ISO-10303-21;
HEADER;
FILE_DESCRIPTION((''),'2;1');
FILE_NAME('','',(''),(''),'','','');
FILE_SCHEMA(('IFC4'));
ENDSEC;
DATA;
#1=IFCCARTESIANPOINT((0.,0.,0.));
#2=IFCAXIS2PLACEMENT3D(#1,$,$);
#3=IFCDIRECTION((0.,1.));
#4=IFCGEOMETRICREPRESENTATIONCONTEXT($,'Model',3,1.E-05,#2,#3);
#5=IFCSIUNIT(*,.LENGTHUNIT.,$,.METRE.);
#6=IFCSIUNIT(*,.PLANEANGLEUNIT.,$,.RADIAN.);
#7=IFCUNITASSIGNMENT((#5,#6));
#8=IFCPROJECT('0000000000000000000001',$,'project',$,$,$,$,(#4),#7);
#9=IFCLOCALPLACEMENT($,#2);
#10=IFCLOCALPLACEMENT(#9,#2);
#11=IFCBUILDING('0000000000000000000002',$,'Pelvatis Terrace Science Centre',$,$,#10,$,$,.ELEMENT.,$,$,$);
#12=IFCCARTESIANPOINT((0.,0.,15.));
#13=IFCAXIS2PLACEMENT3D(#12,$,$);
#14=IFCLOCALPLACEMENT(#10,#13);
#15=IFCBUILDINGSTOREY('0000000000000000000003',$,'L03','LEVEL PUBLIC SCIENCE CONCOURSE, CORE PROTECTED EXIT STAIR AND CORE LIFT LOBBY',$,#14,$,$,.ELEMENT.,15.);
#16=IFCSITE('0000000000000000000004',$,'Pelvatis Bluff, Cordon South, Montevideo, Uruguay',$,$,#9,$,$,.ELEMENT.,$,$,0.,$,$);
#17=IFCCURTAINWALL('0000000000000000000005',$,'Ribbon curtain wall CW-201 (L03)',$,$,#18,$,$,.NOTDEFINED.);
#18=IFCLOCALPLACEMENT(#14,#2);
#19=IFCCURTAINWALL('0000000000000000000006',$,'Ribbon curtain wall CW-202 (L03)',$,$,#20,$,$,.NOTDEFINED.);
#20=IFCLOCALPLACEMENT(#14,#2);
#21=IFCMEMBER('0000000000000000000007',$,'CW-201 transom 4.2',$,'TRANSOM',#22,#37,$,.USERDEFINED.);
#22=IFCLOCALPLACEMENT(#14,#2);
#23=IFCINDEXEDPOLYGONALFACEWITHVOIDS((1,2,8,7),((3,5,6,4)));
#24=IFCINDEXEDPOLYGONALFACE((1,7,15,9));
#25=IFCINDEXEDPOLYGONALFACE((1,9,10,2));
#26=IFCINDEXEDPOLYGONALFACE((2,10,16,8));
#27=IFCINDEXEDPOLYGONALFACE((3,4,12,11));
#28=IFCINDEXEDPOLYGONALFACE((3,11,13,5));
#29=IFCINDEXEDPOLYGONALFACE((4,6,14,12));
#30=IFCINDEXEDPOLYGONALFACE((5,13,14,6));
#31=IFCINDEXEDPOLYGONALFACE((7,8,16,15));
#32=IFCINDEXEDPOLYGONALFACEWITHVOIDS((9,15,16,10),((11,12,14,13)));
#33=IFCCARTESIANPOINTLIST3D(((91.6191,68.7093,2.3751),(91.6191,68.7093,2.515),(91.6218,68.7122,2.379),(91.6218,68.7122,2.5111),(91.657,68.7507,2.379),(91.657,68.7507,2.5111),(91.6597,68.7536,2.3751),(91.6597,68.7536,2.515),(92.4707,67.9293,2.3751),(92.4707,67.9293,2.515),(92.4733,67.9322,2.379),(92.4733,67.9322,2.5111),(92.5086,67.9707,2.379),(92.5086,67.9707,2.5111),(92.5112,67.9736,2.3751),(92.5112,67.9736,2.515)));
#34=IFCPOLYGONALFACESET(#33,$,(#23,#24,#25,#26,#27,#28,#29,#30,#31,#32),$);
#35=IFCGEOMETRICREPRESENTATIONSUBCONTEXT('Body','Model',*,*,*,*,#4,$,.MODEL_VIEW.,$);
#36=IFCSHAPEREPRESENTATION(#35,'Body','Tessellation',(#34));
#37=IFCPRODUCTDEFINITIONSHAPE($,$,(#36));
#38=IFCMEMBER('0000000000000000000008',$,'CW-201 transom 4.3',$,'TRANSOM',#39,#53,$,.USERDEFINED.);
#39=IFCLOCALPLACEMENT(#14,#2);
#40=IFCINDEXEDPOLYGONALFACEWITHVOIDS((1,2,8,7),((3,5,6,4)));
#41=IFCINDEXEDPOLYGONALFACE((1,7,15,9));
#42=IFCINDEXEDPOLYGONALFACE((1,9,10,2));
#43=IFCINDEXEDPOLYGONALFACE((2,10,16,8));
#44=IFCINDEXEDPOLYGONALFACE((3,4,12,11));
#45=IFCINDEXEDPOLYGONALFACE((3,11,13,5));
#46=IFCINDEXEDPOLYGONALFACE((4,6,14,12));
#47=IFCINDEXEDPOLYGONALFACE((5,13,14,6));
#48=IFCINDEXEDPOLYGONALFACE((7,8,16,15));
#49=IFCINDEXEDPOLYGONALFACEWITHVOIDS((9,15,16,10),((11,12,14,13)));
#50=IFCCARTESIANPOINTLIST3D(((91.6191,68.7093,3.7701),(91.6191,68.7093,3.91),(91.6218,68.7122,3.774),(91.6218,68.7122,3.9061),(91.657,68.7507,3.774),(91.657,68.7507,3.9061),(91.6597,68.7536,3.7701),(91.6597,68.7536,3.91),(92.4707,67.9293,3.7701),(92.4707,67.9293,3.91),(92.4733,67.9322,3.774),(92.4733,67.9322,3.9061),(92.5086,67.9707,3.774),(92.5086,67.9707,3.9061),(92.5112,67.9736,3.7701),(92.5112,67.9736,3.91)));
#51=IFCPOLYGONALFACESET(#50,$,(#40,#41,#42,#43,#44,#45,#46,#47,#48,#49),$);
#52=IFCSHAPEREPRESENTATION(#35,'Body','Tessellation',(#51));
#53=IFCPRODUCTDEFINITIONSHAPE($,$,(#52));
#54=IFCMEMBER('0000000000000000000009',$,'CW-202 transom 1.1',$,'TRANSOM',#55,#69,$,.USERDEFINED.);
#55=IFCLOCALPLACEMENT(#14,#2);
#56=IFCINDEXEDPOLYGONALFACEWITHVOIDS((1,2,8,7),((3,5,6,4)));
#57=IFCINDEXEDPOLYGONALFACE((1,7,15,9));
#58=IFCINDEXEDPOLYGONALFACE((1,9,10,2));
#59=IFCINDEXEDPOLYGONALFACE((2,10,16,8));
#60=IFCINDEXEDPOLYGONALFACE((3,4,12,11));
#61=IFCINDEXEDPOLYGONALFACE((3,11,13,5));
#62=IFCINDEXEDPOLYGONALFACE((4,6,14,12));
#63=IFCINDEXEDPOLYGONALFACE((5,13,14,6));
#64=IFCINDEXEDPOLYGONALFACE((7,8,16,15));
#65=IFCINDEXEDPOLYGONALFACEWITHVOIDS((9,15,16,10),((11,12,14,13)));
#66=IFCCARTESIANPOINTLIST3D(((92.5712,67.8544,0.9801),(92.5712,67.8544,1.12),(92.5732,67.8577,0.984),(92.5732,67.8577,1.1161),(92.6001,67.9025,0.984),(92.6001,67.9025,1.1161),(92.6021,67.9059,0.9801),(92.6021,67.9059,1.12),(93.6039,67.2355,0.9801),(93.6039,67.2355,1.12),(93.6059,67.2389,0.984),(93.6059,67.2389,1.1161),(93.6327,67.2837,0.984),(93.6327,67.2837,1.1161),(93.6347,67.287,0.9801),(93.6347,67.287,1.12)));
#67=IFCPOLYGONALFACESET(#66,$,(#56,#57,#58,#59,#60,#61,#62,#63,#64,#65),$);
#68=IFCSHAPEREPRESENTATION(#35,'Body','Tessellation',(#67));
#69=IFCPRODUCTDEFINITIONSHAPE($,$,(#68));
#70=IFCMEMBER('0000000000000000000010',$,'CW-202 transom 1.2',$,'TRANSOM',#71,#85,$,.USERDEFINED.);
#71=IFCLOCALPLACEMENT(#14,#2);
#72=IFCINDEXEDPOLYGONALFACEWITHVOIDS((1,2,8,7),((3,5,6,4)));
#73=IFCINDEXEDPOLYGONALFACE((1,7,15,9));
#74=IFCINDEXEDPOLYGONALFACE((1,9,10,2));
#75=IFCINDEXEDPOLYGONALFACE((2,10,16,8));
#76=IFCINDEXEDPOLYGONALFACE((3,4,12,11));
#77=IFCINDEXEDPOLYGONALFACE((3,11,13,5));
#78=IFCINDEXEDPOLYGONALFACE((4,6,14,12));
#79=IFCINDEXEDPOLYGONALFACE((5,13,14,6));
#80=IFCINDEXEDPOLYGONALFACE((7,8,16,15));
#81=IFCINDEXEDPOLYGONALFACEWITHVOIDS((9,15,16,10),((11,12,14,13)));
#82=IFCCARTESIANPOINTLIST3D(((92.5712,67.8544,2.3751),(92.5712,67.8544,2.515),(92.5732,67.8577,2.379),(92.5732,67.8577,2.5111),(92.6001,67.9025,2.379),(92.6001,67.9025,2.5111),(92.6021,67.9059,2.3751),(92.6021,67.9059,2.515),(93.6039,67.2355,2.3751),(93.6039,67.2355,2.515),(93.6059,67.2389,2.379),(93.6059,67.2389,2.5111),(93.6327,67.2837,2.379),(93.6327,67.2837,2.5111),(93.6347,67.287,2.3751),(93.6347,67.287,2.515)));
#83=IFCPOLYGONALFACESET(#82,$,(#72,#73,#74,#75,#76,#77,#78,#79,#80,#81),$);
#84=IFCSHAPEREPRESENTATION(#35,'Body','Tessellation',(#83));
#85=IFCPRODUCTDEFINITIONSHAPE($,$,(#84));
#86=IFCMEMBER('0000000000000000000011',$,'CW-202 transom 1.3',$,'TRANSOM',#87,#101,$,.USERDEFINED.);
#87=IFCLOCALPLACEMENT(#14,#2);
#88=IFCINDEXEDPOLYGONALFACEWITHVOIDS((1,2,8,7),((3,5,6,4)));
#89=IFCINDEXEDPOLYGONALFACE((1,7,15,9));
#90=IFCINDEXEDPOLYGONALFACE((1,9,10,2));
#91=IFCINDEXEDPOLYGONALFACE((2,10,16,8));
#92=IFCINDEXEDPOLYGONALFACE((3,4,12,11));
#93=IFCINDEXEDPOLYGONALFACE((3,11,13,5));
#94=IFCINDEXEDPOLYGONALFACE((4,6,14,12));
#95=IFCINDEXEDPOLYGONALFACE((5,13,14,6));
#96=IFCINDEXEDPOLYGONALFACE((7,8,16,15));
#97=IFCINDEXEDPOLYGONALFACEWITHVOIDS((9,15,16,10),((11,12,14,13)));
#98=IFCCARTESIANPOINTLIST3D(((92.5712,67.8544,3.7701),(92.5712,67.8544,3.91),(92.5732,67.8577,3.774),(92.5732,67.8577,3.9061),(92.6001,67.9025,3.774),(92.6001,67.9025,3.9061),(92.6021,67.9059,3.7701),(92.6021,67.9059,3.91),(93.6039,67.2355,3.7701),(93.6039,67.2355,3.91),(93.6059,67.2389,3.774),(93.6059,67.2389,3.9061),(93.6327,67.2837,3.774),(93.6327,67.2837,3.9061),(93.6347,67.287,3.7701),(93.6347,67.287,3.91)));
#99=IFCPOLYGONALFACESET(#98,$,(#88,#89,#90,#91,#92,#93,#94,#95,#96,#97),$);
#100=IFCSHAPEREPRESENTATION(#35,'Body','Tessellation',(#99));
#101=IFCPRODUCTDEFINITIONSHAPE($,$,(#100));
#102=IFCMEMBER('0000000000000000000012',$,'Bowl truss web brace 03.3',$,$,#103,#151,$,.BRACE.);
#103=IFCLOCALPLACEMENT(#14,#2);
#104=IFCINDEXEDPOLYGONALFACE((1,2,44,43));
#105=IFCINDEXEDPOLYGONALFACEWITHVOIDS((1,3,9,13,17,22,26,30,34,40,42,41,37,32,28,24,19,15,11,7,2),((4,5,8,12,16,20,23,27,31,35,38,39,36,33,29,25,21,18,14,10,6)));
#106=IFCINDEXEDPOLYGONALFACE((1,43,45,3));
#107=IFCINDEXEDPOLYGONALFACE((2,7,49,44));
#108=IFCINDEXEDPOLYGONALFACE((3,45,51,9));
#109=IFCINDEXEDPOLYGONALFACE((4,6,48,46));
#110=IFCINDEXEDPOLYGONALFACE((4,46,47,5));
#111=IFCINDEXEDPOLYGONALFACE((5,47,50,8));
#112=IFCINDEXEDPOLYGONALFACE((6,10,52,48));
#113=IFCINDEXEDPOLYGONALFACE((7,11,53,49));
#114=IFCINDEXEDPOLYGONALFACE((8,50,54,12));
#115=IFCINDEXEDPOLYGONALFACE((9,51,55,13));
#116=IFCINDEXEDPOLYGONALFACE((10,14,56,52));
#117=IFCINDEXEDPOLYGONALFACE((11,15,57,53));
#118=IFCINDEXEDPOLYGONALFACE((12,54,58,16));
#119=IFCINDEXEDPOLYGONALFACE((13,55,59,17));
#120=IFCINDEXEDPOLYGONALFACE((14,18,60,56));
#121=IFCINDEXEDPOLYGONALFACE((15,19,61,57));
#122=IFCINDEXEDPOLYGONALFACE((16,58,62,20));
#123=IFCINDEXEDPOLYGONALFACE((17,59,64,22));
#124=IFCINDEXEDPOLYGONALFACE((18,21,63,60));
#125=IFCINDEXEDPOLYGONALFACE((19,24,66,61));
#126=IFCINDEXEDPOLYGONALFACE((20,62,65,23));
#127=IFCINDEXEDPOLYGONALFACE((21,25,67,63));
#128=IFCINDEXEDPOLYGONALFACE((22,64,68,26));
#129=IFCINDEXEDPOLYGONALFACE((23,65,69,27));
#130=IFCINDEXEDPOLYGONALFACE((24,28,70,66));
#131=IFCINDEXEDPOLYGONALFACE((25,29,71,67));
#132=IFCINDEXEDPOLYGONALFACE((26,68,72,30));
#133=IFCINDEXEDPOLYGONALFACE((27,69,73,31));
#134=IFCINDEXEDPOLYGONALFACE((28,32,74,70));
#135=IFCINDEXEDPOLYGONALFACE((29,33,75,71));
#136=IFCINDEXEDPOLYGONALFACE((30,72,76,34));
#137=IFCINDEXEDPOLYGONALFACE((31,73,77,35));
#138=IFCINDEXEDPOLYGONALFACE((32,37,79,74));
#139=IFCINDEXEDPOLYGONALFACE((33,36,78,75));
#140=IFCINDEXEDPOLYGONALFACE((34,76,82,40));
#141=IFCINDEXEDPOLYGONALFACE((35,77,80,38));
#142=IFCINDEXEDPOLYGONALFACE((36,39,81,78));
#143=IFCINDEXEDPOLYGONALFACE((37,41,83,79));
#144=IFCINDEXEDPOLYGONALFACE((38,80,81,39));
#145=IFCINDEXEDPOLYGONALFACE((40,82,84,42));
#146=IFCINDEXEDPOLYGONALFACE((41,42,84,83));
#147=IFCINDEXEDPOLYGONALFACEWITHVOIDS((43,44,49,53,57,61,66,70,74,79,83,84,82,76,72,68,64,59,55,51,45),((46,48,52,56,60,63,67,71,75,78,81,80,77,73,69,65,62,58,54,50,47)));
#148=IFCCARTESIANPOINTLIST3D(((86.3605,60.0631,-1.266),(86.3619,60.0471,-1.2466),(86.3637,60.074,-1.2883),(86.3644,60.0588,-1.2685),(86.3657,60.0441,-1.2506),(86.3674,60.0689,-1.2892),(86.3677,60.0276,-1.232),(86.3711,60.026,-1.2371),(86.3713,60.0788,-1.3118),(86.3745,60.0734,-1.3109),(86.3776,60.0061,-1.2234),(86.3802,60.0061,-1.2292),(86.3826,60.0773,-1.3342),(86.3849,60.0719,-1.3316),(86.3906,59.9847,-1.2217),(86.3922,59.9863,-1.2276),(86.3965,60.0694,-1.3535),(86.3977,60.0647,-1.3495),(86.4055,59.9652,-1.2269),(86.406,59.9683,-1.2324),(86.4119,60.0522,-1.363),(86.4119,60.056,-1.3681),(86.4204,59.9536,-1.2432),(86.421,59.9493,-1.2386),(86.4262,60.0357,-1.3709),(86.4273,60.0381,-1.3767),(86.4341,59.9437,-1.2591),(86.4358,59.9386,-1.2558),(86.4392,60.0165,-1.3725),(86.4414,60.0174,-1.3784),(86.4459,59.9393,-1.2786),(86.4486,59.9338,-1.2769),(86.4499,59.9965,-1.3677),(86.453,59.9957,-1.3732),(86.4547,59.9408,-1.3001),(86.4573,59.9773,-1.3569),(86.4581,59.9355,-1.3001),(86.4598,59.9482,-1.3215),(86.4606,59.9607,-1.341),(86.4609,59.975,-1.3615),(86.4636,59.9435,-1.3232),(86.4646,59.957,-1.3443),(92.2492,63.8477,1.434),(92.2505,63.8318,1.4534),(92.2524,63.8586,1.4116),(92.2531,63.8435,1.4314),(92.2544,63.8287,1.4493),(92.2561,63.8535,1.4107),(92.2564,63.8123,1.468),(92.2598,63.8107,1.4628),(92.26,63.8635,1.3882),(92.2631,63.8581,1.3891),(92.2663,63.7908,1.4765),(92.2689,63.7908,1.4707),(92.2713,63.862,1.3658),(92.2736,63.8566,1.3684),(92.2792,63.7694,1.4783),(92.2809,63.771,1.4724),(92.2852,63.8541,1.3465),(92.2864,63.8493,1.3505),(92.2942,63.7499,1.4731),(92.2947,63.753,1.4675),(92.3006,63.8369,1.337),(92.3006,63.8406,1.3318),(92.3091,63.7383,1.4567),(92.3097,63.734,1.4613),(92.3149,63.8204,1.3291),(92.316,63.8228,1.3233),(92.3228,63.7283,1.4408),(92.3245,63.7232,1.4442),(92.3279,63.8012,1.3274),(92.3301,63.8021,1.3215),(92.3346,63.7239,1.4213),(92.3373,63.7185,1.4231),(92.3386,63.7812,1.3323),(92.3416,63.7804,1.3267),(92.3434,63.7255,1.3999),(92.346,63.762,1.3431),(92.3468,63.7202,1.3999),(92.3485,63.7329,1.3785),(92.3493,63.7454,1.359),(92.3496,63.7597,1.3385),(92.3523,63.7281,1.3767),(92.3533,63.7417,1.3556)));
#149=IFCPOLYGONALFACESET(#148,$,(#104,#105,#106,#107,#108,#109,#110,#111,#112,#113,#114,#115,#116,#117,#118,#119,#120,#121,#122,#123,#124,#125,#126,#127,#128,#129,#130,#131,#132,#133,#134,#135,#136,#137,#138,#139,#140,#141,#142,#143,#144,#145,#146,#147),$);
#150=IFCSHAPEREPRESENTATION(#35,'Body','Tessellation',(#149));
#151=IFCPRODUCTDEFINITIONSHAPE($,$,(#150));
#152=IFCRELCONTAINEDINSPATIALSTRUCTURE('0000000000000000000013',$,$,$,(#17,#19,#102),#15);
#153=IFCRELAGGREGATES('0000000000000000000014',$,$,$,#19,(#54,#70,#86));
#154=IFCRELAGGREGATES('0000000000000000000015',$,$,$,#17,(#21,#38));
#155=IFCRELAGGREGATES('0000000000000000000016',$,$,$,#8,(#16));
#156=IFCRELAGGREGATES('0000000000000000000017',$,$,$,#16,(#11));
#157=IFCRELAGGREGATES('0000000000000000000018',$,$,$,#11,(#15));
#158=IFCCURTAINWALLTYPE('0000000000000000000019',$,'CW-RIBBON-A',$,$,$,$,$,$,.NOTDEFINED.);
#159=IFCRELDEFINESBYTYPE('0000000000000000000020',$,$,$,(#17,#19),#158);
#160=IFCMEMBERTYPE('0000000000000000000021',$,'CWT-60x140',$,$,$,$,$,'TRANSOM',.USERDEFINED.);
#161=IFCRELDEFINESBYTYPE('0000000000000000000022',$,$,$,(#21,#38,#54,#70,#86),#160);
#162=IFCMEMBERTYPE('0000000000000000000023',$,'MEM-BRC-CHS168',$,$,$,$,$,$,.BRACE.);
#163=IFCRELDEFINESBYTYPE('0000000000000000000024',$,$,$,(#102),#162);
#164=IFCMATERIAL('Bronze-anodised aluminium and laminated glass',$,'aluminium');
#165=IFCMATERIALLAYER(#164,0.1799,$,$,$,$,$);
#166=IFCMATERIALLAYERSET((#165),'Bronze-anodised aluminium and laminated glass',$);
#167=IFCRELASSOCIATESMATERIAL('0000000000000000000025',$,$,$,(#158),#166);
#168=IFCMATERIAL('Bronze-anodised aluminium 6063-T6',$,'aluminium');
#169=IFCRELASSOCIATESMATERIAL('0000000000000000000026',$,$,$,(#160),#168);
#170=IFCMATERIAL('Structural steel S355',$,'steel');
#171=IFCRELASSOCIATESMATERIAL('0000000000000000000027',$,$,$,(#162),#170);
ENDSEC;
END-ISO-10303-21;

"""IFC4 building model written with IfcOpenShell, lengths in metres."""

from ifc_helpers import new_model, si_unit, direction, frame, origin, origin_2d, place, context, subcontext, project, spatial, hollow_rectangle, hollow_circle, extrude, material, layer, layer_set, material_profile, profile_set, type_object, element, aggregate, save


model = new_model("IFC4")

# Units and contexts
model_context = context("Model", 3, precision=1e-05, world=origin(), true_north=direction((0.0, 1.0)))
body_context = subcontext(model_context, "Body", "Model", "MODEL_VIEW")
ifc_project = project(units=[si_unit("LENGTHUNIT", "METRE"), si_unit("PLANEANGLEUNIT", "RADIAN")], contexts=[model_context])

# Site, building, storey
site_placement = place(None, origin())
site = spatial("IfcSite", under=ifc_project, at=site_placement, Name="Pelvatis Bluff, Cordon South, Montevideo, Uruguay", CompositionType="ELEMENT", RefElevation=0.0)
building_placement = place(site_placement, origin())
building = spatial("IfcBuilding", under=site, at=building_placement, Name="Pelvatis Terrace Science Centre", CompositionType="ELEMENT")
storey_placement = place(building_placement, frame((0.0, 0.0, 15.0)))
storey = spatial("IfcBuildingStorey", under=building, at=storey_placement, Name="L03", Description="LEVEL PUBLIC SCIENCE CONCOURSE, CORE PROTECTED EXIT STAIR AND CORE LIFT LOBBY", CompositionType="ELEMENT", Elevation=15.0)

# Curtain wall
ifc_material_1 = material(Name="Bronze-anodised aluminium and laminated glass", Category="aluminium")
ifc_layer_1 = layer(ifc_material_1, 0.1799)
ifc_layer_set_1 = layer_set([ifc_layer_1], Name="Bronze-anodised aluminium and laminated glass")
curtain_wall_type = type_object("IfcCurtainWallType", Name="CW-RIBBON-A", PredefinedType="NOTDEFINED", material=ifc_layer_set_1)
curtain_wall_1_placement = place(storey_placement, origin())
curtain_wall_1 = element("IfcCurtainWall", 1, at=curtain_wall_1_placement, inside=storey, type_object=curtain_wall_type, Name="Ribbon curtain wall CW-201 (L03)", PredefinedType="NOTDEFINED")

# Curtain wall
curtain_wall_2_placement = place(storey_placement, origin())
curtain_wall_2 = element("IfcCurtainWall", 2, at=curtain_wall_2_placement, inside=storey, type_object=curtain_wall_type, Name="Ribbon curtain wall CW-202 (L03)", PredefinedType="NOTDEFINED")

# Members
ifc_material_2 = material(Name="Bronze-anodised aluminium 6063-T6", Category="aluminium")
ifc_material_profile_1 = material_profile(ifc_material_2, hollow_rectangle(XDim=0.0601, YDim=0.1399, WallThickness=0.0039, at=origin_2d()), Name="ALU-TRN 60x140")
ifc_profile_set_1 = profile_set([ifc_material_profile_1], Name="Bronze-anodised aluminium 6063-T6")
member_type_1 = type_object("IfcMemberType", Name="CWT-60x140", ElementType="TRANSOM", PredefinedType="USERDEFINED", material=ifc_profile_set_1)
member_1_placement = place(storey_placement, frame((91.6394, 68.7314, 2.4451), z_axis=(0.7374, -0.675457, 0.0), x_axis=(0.675457, 0.7374, 0.0)))
member_1 = element("IfcMember", 3, at=member_1_placement, type_object=member_type_1, Name="CW-201 transom 4.2", ObjectType="TRANSOM", PredefinedType="USERDEFINED", context=body_context, shape_type="SweptSolid", body=[
    extrude(hollow_rectangle(XDim=0.0601, YDim=0.1399, WallThickness=0.0039, at=origin_2d()), origin(), (0.0, 0.0, 1.0), 1.1548),
])
member_2_placement = place(storey_placement, frame((91.6394, 68.7314, 3.8401), z_axis=(0.7374, -0.675457, 0.0), x_axis=(0.675457, 0.7374, 0.0)))
member_2 = element("IfcMember", 4, at=member_2_placement, type_object=member_type_1, Name="CW-201 transom 4.3", ObjectType="TRANSOM", PredefinedType="USERDEFINED", context=body_context, shape_type="SweptSolid", body=[
    extrude(hollow_rectangle(XDim=0.0601, YDim=0.1399, WallThickness=0.0039, at=origin_2d()), origin(), (0.0, 0.0, 1.0), 1.1548),
])
member_3_placement = place(storey_placement, frame((92.5867, 67.8801, 1.05), z_axis=(0.857761, -0.514048, 0.0), x_axis=(0.514048, 0.857761, 0.0)))
member_3 = element("IfcMember", 5, at=member_3_placement, type_object=member_type_1, Name="CW-202 transom 1.1", ObjectType="TRANSOM", PredefinedType="USERDEFINED", context=body_context, shape_type="SweptSolid", body=[
    extrude(hollow_rectangle(XDim=0.0601, YDim=0.1399, WallThickness=0.0039, at=origin_2d()), origin(), (0.0, 0.0, 1.0), 1.2039),
])
member_4_placement = place(storey_placement, frame((92.5867, 67.8801, 2.4451), z_axis=(0.857761, -0.514048, 0.0), x_axis=(0.514048, 0.857761, 0.0)))
member_4 = element("IfcMember", 6, at=member_4_placement, type_object=member_type_1, Name="CW-202 transom 1.2", ObjectType="TRANSOM", PredefinedType="USERDEFINED", context=body_context, shape_type="SweptSolid", body=[
    extrude(hollow_rectangle(XDim=0.0601, YDim=0.1399, WallThickness=0.0039, at=origin_2d()), origin(), (0.0, 0.0, 1.0), 1.2039),
])
member_5_placement = place(storey_placement, frame((92.5867, 67.8801, 3.8401), z_axis=(0.857761, -0.514048, 0.0), x_axis=(0.514048, 0.857761, 0.0)))
member_5 = element("IfcMember", 7, at=member_5_placement, type_object=member_type_1, Name="CW-202 transom 1.3", ObjectType="TRANSOM", PredefinedType="USERDEFINED", context=body_context, shape_type="SweptSolid", body=[
    extrude(hollow_rectangle(XDim=0.0601, YDim=0.1399, WallThickness=0.0039, at=origin_2d()), origin(), (0.0, 0.0, 1.0), 1.2039),
])
aggregate(curtain_wall_2, [member_3, member_4, member_5])

# Member
ifc_material_3 = material(Name="Structural steel S355", Category="steel")
ifc_material_profile_2 = material_profile(ifc_material_3, hollow_circle(Radius=0.0842, WallThickness=0.0063, at=origin_2d()), Name="CHS 168.3x6.3")
ifc_profile_set_2 = profile_set([ifc_material_profile_2], Name="Structural steel S355")
member_type_2 = type_object("IfcMemberType", Name="MEM-BRC-CHS168", PredefinedType="BRACE", material=ifc_profile_set_2)
member_6_placement = place(storey_placement, frame((92.3013, 63.791, 1.3999), z_axis=(-0.784878, -0.504443, -0.359866), x_axis=(0.540666, -0.841237, 0.0)))
element("IfcMember", 8, at=member_6_placement, inside=storey, type_object=member_type_2, Name="Bowl truss web brace 03.3", PredefinedType="BRACE", context=body_context, shape_type="SweptSolid", body=[
    extrude(hollow_circle(Radius=0.0842, WallThickness=0.0063, at=origin_2d()), origin(), (0.0, 0.0, 1.0), 7.5027),
])

aggregate(curtain_wall_1, [member_1, member_2])

save(model, "model.ifc")
